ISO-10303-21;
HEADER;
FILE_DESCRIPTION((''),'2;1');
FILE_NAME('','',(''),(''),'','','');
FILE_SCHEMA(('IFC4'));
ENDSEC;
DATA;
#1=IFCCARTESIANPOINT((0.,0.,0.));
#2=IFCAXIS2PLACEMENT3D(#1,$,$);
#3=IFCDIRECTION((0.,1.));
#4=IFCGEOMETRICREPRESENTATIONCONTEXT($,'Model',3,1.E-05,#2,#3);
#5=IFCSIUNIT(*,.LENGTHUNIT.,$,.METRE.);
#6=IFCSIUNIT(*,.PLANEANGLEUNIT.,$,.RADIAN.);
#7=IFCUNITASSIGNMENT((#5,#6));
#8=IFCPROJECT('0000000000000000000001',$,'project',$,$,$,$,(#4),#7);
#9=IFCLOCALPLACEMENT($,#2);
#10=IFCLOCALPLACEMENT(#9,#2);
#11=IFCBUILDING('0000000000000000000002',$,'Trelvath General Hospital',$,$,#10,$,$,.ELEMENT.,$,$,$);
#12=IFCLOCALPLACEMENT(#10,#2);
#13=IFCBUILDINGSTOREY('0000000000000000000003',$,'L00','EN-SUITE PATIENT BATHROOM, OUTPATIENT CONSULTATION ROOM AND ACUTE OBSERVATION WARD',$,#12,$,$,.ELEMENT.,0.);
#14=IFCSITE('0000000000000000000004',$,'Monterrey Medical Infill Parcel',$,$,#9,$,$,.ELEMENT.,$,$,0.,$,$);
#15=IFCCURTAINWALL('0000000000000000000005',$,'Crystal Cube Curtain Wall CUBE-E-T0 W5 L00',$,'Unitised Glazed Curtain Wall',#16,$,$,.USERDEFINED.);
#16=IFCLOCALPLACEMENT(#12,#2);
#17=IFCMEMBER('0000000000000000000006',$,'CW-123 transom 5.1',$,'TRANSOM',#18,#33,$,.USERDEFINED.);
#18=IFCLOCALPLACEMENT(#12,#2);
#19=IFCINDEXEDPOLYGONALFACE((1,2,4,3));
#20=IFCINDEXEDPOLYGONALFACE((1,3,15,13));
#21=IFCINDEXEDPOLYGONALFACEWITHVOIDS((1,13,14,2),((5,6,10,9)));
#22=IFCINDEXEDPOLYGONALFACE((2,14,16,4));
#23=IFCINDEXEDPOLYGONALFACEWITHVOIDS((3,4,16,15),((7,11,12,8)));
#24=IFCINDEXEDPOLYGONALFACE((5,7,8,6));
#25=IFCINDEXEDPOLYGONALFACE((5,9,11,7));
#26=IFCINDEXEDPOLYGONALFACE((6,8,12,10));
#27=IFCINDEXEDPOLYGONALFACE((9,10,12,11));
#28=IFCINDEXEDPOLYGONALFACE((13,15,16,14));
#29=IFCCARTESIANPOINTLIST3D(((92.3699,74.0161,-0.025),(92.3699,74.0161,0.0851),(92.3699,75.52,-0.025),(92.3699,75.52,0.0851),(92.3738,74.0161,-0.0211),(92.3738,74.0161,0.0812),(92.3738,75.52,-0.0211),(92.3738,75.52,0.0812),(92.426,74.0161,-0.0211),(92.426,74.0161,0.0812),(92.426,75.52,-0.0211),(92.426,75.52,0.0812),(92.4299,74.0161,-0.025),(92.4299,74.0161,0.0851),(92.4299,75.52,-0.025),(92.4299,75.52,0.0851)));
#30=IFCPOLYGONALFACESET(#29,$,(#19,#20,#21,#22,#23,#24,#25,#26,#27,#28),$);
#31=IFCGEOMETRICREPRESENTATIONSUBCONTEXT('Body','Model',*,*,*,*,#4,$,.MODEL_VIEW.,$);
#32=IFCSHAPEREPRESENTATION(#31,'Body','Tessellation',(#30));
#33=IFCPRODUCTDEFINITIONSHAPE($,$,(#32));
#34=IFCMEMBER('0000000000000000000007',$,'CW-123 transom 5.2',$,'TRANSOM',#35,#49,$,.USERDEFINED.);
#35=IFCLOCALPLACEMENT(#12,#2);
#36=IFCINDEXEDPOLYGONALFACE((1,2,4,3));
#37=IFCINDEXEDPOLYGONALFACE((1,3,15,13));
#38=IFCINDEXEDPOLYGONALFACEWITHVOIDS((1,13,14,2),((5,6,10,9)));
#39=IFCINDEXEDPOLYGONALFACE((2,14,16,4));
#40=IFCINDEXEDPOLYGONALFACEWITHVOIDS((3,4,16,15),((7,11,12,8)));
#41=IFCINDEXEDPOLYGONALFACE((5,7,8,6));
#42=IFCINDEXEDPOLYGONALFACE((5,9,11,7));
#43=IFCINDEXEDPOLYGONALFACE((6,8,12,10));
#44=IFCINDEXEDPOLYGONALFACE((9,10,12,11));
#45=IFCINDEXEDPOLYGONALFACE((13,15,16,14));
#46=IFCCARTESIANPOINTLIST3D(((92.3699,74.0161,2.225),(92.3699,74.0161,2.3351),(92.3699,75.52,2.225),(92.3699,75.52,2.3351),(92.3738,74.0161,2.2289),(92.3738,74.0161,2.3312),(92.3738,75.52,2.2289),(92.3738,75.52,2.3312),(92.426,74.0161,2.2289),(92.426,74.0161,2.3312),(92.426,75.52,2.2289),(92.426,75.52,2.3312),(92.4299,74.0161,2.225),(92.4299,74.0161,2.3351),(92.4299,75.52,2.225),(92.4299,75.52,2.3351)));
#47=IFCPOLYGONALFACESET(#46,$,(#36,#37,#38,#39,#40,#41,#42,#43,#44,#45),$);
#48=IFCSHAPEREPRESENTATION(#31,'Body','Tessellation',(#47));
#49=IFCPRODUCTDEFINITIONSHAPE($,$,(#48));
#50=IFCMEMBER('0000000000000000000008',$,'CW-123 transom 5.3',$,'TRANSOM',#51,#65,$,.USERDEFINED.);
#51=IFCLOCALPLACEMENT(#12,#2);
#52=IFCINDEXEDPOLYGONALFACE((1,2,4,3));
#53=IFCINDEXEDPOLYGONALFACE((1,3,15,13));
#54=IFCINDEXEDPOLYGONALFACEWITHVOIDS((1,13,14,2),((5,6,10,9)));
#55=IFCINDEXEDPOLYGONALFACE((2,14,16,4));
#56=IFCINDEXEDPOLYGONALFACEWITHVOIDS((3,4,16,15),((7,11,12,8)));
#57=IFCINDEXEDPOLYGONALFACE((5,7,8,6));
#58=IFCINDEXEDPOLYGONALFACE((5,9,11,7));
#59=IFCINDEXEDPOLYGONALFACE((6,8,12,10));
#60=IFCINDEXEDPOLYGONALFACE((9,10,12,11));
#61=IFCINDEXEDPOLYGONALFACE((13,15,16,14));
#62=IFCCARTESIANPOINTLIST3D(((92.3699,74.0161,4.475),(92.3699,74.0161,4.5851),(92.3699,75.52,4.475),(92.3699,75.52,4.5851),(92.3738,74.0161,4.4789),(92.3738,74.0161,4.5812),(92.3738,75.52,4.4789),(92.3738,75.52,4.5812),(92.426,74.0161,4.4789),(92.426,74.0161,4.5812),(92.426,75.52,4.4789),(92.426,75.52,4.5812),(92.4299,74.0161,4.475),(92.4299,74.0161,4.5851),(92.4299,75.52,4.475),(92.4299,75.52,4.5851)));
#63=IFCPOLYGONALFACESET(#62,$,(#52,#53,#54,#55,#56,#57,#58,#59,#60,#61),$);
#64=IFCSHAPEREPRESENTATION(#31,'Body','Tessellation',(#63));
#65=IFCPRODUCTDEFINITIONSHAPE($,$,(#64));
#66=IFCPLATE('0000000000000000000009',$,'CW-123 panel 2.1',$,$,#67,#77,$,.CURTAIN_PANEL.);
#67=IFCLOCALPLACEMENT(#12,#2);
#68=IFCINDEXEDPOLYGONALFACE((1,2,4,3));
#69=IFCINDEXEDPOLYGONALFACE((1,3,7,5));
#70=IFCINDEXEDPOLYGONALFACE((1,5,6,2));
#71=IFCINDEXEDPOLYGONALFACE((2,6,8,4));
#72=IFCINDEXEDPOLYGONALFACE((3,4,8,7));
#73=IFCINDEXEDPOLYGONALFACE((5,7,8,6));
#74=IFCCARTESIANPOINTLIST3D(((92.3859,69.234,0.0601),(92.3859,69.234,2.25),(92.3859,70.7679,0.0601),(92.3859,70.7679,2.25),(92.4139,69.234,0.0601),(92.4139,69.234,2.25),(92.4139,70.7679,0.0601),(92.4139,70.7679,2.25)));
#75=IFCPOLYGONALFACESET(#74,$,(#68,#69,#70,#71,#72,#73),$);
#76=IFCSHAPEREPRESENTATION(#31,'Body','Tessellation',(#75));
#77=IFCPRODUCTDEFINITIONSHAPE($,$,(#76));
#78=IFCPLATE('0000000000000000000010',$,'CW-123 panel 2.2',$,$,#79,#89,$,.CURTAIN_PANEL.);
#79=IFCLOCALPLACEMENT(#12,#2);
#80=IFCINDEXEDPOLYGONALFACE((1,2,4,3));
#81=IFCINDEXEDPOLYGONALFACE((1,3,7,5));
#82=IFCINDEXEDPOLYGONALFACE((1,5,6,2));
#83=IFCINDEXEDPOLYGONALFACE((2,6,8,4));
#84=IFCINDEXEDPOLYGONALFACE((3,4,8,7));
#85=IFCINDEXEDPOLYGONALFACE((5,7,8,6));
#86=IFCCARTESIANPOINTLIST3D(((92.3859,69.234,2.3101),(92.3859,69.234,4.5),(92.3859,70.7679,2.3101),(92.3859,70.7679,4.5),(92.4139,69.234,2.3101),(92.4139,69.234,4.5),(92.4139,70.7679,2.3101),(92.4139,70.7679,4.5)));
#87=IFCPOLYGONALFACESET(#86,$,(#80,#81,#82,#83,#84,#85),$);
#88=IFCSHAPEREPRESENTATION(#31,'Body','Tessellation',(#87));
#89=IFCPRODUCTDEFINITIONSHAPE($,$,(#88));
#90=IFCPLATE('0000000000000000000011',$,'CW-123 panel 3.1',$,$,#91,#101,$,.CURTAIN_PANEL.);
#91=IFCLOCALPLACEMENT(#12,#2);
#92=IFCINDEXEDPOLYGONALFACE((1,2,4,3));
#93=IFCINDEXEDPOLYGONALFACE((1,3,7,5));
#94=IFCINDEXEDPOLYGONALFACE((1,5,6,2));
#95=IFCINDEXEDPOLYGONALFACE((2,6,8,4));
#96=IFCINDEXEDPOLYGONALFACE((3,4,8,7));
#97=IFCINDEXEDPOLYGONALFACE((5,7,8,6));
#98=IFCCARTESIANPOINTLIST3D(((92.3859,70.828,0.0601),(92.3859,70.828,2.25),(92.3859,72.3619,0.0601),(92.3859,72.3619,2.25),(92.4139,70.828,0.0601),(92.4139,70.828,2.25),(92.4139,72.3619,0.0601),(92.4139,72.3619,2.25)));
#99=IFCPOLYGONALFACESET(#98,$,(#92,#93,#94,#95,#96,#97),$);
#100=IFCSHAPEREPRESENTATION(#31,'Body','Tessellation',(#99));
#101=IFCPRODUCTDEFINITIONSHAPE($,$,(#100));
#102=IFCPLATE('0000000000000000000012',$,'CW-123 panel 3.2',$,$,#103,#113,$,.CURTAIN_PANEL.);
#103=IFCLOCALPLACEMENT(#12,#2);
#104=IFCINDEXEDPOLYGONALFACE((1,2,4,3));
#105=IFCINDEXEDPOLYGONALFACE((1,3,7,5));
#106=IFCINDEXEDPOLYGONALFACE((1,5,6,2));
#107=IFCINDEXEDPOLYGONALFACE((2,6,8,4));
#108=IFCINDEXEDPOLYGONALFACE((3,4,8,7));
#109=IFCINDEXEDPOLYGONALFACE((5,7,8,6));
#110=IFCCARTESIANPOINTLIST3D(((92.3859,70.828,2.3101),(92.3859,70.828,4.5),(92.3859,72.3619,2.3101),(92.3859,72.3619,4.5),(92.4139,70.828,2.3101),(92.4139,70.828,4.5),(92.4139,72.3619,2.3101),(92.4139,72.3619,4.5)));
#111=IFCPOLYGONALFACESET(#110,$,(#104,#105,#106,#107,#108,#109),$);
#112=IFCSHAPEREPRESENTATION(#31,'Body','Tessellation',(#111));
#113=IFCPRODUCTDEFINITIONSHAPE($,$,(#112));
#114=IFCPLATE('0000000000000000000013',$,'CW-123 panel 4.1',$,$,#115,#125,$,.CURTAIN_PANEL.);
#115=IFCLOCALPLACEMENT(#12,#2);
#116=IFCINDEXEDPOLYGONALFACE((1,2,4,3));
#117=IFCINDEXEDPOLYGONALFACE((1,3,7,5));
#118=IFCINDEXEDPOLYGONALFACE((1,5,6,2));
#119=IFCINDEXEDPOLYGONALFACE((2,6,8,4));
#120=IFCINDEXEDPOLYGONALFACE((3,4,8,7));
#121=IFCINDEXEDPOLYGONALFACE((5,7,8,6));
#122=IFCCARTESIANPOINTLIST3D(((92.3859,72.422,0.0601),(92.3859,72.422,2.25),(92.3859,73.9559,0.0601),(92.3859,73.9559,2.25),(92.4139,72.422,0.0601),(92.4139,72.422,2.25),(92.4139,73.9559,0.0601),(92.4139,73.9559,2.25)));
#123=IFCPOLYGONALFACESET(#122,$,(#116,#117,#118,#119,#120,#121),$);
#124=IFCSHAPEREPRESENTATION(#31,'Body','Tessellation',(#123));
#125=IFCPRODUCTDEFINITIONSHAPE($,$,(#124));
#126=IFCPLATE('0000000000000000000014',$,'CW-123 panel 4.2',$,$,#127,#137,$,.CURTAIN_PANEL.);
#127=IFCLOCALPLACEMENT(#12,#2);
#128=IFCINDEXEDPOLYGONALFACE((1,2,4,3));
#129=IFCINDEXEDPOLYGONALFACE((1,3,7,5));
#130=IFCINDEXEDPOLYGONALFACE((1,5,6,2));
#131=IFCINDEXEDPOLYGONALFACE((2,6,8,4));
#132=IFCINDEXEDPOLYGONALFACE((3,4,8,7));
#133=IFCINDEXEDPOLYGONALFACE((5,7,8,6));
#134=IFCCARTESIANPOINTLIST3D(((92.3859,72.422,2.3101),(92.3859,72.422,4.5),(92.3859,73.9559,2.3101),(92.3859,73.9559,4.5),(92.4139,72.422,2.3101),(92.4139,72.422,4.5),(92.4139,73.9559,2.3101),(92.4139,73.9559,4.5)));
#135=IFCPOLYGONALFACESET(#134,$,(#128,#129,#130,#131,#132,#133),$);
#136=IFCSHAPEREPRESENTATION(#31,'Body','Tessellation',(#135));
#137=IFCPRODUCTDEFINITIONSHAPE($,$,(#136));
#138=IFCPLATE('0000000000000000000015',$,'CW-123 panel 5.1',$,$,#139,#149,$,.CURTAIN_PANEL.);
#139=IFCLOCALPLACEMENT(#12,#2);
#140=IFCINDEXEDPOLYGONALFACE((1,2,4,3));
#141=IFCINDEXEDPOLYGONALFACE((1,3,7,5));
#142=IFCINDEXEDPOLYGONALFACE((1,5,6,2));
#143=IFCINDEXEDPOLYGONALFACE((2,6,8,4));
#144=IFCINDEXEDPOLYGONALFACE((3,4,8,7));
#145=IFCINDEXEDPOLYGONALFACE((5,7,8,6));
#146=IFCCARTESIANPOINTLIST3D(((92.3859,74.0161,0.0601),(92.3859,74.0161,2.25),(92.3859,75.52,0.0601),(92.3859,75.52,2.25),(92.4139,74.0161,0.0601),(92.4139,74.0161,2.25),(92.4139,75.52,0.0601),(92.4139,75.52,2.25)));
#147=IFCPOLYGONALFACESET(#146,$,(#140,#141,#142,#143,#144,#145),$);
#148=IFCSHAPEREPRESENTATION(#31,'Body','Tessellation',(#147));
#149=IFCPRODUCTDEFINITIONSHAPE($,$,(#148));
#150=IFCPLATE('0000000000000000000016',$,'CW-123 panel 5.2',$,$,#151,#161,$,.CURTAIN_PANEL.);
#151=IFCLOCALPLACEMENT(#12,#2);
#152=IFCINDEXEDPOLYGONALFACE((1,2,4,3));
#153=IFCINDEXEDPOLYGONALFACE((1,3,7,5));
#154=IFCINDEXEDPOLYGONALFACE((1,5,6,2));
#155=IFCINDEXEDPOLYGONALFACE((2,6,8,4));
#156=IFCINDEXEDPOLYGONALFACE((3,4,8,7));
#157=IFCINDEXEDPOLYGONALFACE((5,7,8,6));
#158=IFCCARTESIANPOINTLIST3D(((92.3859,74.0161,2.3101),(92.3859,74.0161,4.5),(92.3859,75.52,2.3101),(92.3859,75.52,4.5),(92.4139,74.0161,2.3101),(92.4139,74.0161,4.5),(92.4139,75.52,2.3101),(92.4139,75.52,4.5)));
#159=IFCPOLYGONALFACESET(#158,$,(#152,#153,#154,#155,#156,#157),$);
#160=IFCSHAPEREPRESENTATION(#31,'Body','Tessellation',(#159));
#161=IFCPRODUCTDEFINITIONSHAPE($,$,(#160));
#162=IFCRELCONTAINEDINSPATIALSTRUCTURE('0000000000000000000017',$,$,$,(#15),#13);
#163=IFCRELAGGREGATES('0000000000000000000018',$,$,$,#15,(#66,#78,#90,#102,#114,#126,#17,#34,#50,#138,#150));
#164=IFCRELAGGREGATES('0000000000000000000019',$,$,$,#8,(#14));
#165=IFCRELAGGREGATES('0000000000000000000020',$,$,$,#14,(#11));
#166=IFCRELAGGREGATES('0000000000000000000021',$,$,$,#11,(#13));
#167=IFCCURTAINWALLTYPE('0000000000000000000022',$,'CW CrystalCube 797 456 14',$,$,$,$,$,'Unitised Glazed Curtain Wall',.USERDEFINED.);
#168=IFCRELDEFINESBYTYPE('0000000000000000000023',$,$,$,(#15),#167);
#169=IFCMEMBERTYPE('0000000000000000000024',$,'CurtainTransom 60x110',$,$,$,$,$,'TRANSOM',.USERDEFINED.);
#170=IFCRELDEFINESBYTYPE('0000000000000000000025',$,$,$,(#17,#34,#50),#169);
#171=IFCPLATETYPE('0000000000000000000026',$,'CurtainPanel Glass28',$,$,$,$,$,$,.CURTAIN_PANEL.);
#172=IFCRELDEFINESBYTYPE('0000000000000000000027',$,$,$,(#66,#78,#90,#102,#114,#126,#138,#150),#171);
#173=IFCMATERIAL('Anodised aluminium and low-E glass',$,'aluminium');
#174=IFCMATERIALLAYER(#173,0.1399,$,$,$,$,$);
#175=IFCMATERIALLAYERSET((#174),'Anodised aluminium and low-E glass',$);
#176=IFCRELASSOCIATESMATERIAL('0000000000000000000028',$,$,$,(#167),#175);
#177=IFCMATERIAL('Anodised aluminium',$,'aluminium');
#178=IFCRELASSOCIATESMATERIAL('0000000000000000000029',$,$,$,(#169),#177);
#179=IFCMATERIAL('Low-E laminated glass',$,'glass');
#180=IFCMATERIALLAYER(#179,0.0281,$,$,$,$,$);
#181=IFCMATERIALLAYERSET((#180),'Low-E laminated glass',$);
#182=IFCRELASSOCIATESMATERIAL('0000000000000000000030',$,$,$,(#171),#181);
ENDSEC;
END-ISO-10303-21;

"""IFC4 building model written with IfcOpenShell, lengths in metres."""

from ifc_helpers import new_model, si_unit, direction, frame, origin, origin_2d, place, context, subcontext, project, spatial, rectangle, hollow_rectangle, extrude, material, layer, layer_set, material_profile, profile_set, type_object, element, aggregate, save


model = new_model("IFC4")

# Units and contexts
model_context = context("Model", 3, precision=1e-05, world=origin(), true_north=direction((0.0, 1.0)))
body_context = subcontext(model_context, "Body", "Model", "MODEL_VIEW")
ifc_project = project(units=[si_unit("LENGTHUNIT", "METRE"), si_unit("PLANEANGLEUNIT", "RADIAN")], contexts=[model_context])

# Site, building, storey
site_placement = place(None, origin())
site = spatial("IfcSite", under=ifc_project, at=site_placement, Name="Monterrey Medical Infill Parcel", CompositionType="ELEMENT", RefElevation=0.0)
building_placement = place(site_placement, origin())
building = spatial("IfcBuilding", under=site, at=building_placement, Name="Trelvath General Hospital", CompositionType="ELEMENT")
storey_placement = place(building_placement, origin())
storey = spatial("IfcBuildingStorey", under=building, at=storey_placement, Name="L00", Description="EN-SUITE PATIENT BATHROOM, OUTPATIENT CONSULTATION ROOM AND ACUTE OBSERVATION WARD", CompositionType="ELEMENT", Elevation=0.0)

# Curtain wall, members, plates
ifc_material_1 = material(Name="Anodised aluminium and low-E glass", Category="aluminium")
ifc_layer_1 = layer(ifc_material_1, 0.1399)
ifc_layer_set_1 = layer_set([ifc_layer_1], Name="Anodised aluminium and low-E glass")
curtain_wall_type = type_object("IfcCurtainWallType", Name="CW CrystalCube 797 456 14", ElementType="Unitised Glazed Curtain Wall", PredefinedType="USERDEFINED", material=ifc_layer_set_1)
curtain_wall_placement = place(storey_placement, origin())
curtain_wall = element("IfcCurtainWall", 1, at=curtain_wall_placement, inside=storey, type_object=curtain_wall_type, Name="Crystal Cube Curtain Wall CUBE-E-T0 W5 L00", ObjectType="Unitised Glazed Curtain Wall", PredefinedType="USERDEFINED")
ifc_material_2 = material(Name="Anodised aluminium", Category="aluminium")
ifc_material_profile_1 = material_profile(ifc_material_2, hollow_rectangle(XDim=0.0601, YDim=0.1101, WallThickness=0.0039, at=origin_2d()), Name="RHS60x110x4")
ifc_profile_set_1 = profile_set([ifc_material_profile_1], Name="Anodised aluminium")
member_type_1 = type_object("IfcMemberType", Name="CurtainTransom 60x110", ElementType="TRANSOM", PredefinedType="USERDEFINED", material=ifc_profile_set_1)
member_1_placement = place(storey_placement, frame((92.3999, 74.0161, 0.03), z_axis=(0.0, 1.0, 0.0), x_axis=(-1.0, 0.0, 0.0)))
member_1 = element("IfcMember", 2, at=member_1_placement, type_object=member_type_1, Name="CW-123 transom 5.1", ObjectType="TRANSOM", PredefinedType="USERDEFINED", context=body_context, shape_type="SweptSolid", body=[
    extrude(hollow_rectangle(XDim=0.0601, YDim=0.1101, WallThickness=0.0039, at=origin_2d()), origin(), (0.0, 0.0, 1.0), 1.5039),
])
member_2_placement = place(storey_placement, frame((92.3999, 74.0161, 2.28), z_axis=(0.0, 1.0, 0.0), x_axis=(-1.0, 0.0, 0.0)))
member_2 = element("IfcMember", 3, at=member_2_placement, type_object=member_type_1, Name="CW-123 transom 5.2", ObjectType="TRANSOM", PredefinedType="USERDEFINED", context=body_context, shape_type="SweptSolid", body=[
    extrude(hollow_rectangle(XDim=0.0601, YDim=0.1101, WallThickness=0.0039, at=origin_2d()), origin(), (0.0, 0.0, 1.0), 1.5039),
])
member_3_placement = place(storey_placement, frame((92.3999, 74.0161, 4.53), z_axis=(0.0, 1.0, 0.0), x_axis=(-1.0, 0.0, 0.0)))
member_3 = element("IfcMember", 4, at=member_3_placement, type_object=member_type_1, Name="CW-123 transom 5.3", ObjectType="TRANSOM", PredefinedType="USERDEFINED", context=body_context, shape_type="SweptSolid", body=[
    extrude(hollow_rectangle(XDim=0.0601, YDim=0.1101, WallThickness=0.0039, at=origin_2d()), origin(), (0.0, 0.0, 1.0), 1.5039),
])
ifc_material_3 = material(Name="Low-E laminated glass", Category="glass")
ifc_layer_2 = layer(ifc_material_3, 0.0281)
ifc_layer_set_2 = layer_set([ifc_layer_2], Name="Low-E laminated glass")
plate_type = type_object("IfcPlateType", Name="CurtainPanel Glass28", PredefinedType="CURTAIN_PANEL", material=ifc_layer_set_2)
plate_1_placement = place(storey_placement, frame((92.3999, 70.001, 0.0601), z_axis=(0.0, 0.0, 1.0), x_axis=(0.0, 1.0, 0.0)))
plate_1 = element("IfcPlate", 5, at=plate_1_placement, type_object=plate_type, Name="CW-123 panel 2.1", PredefinedType="CURTAIN_PANEL", context=body_context, shape_type="SweptSolid", body=[
    extrude(rectangle(XDim=1.5339, YDim=0.0281, at=origin_2d()), origin(), (0.0, 0.0, 1.0), 2.1899),
])
plate_2_placement = place(storey_placement, frame((92.3999, 70.001, 2.3101), z_axis=(0.0, 0.0, 1.0), x_axis=(0.0, 1.0, 0.0)))
plate_2 = element("IfcPlate", 6, at=plate_2_placement, type_object=plate_type, Name="CW-123 panel 2.2", PredefinedType="CURTAIN_PANEL", context=body_context, shape_type="SweptSolid", body=[
    extrude(rectangle(XDim=1.5339, YDim=0.0281, at=origin_2d()), origin(), (0.0, 0.0, 1.0), 2.1899),
])
plate_3_placement = place(storey_placement, frame((92.3999, 71.595, 0.0601), z_axis=(0.0, 0.0, 1.0), x_axis=(0.0, 1.0, 0.0)))
plate_3 = element("IfcPlate", 7, at=plate_3_placement, type_object=plate_type, Name="CW-123 panel 3.1", PredefinedType="CURTAIN_PANEL", context=body_context, shape_type="SweptSolid", body=[
    extrude(rectangle(XDim=1.5339, YDim=0.0281, at=origin_2d()), origin(), (0.0, 0.0, 1.0), 2.1899),
])
plate_4_placement = place(storey_placement, frame((92.3999, 71.595, 2.3101), z_axis=(0.0, 0.0, 1.0), x_axis=(0.0, 1.0, 0.0)))
plate_4 = element("IfcPlate", 8, at=plate_4_placement, type_object=plate_type, Name="CW-123 panel 3.2", PredefinedType="CURTAIN_PANEL", context=body_context, shape_type="SweptSolid", body=[
    extrude(rectangle(XDim=1.5339, YDim=0.0281, at=origin_2d()), origin(), (0.0, 0.0, 1.0), 2.1899),
])
plate_5_placement = place(storey_placement, frame((92.3999, 73.189, 0.0601), z_axis=(0.0, 0.0, 1.0), x_axis=(0.0, 1.0, 0.0)))
plate_5 = element("IfcPlate", 9, at=plate_5_placement, type_object=plate_type, Name="CW-123 panel 4.1", PredefinedType="CURTAIN_PANEL", context=body_context, shape_type="SweptSolid", body=[
    extrude(rectangle(XDim=1.5339, YDim=0.0281, at=origin_2d()), origin(), (0.0, 0.0, 1.0), 2.1899),
])
plate_6_placement = place(storey_placement, frame((92.3999, 73.189, 2.3101), z_axis=(0.0, 0.0, 1.0), x_axis=(0.0, 1.0, 0.0)))
plate_6 = element("IfcPlate", 10, at=plate_6_placement, type_object=plate_type, Name="CW-123 panel 4.2", PredefinedType="CURTAIN_PANEL", context=body_context, shape_type="SweptSolid", body=[
    extrude(rectangle(XDim=1.5339, YDim=0.0281, at=origin_2d()), origin(), (0.0, 0.0, 1.0), 2.1899),
])
plate_7_placement = place(storey_placement, frame((92.3999, 74.7681, 0.0601), z_axis=(0.0, 0.0, 1.0), x_axis=(0.0, 1.0, 0.0)))
plate_7 = element("IfcPlate", 11, at=plate_7_placement, type_object=plate_type, Name="CW-123 panel 5.1", PredefinedType="CURTAIN_PANEL", context=body_context, shape_type="SweptSolid", body=[
    extrude(rectangle(XDim=1.5039, YDim=0.0281, at=origin_2d()), origin(), (0.0, 0.0, 1.0), 2.1899),
])
plate_8_placement = place(storey_placement, frame((92.3999, 74.7681, 2.3101), z_axis=(0.0, 0.0, 1.0), x_axis=(0.0, 1.0, 0.0)))
plate_8 = element("IfcPlate", 12, at=plate_8_placement, type_object=plate_type, Name="CW-123 panel 5.2", PredefinedType="CURTAIN_PANEL", context=body_context, shape_type="SweptSolid", body=[
    extrude(rectangle(XDim=1.5039, YDim=0.0281, at=origin_2d()), origin(), (0.0, 0.0, 1.0), 2.1899),
])
aggregate(curtain_wall, [plate_1, plate_2, plate_3, plate_4, plate_5, plate_6, member_1, member_2, member_3, plate_7, plate_8])

save(model, "model.ifc")
